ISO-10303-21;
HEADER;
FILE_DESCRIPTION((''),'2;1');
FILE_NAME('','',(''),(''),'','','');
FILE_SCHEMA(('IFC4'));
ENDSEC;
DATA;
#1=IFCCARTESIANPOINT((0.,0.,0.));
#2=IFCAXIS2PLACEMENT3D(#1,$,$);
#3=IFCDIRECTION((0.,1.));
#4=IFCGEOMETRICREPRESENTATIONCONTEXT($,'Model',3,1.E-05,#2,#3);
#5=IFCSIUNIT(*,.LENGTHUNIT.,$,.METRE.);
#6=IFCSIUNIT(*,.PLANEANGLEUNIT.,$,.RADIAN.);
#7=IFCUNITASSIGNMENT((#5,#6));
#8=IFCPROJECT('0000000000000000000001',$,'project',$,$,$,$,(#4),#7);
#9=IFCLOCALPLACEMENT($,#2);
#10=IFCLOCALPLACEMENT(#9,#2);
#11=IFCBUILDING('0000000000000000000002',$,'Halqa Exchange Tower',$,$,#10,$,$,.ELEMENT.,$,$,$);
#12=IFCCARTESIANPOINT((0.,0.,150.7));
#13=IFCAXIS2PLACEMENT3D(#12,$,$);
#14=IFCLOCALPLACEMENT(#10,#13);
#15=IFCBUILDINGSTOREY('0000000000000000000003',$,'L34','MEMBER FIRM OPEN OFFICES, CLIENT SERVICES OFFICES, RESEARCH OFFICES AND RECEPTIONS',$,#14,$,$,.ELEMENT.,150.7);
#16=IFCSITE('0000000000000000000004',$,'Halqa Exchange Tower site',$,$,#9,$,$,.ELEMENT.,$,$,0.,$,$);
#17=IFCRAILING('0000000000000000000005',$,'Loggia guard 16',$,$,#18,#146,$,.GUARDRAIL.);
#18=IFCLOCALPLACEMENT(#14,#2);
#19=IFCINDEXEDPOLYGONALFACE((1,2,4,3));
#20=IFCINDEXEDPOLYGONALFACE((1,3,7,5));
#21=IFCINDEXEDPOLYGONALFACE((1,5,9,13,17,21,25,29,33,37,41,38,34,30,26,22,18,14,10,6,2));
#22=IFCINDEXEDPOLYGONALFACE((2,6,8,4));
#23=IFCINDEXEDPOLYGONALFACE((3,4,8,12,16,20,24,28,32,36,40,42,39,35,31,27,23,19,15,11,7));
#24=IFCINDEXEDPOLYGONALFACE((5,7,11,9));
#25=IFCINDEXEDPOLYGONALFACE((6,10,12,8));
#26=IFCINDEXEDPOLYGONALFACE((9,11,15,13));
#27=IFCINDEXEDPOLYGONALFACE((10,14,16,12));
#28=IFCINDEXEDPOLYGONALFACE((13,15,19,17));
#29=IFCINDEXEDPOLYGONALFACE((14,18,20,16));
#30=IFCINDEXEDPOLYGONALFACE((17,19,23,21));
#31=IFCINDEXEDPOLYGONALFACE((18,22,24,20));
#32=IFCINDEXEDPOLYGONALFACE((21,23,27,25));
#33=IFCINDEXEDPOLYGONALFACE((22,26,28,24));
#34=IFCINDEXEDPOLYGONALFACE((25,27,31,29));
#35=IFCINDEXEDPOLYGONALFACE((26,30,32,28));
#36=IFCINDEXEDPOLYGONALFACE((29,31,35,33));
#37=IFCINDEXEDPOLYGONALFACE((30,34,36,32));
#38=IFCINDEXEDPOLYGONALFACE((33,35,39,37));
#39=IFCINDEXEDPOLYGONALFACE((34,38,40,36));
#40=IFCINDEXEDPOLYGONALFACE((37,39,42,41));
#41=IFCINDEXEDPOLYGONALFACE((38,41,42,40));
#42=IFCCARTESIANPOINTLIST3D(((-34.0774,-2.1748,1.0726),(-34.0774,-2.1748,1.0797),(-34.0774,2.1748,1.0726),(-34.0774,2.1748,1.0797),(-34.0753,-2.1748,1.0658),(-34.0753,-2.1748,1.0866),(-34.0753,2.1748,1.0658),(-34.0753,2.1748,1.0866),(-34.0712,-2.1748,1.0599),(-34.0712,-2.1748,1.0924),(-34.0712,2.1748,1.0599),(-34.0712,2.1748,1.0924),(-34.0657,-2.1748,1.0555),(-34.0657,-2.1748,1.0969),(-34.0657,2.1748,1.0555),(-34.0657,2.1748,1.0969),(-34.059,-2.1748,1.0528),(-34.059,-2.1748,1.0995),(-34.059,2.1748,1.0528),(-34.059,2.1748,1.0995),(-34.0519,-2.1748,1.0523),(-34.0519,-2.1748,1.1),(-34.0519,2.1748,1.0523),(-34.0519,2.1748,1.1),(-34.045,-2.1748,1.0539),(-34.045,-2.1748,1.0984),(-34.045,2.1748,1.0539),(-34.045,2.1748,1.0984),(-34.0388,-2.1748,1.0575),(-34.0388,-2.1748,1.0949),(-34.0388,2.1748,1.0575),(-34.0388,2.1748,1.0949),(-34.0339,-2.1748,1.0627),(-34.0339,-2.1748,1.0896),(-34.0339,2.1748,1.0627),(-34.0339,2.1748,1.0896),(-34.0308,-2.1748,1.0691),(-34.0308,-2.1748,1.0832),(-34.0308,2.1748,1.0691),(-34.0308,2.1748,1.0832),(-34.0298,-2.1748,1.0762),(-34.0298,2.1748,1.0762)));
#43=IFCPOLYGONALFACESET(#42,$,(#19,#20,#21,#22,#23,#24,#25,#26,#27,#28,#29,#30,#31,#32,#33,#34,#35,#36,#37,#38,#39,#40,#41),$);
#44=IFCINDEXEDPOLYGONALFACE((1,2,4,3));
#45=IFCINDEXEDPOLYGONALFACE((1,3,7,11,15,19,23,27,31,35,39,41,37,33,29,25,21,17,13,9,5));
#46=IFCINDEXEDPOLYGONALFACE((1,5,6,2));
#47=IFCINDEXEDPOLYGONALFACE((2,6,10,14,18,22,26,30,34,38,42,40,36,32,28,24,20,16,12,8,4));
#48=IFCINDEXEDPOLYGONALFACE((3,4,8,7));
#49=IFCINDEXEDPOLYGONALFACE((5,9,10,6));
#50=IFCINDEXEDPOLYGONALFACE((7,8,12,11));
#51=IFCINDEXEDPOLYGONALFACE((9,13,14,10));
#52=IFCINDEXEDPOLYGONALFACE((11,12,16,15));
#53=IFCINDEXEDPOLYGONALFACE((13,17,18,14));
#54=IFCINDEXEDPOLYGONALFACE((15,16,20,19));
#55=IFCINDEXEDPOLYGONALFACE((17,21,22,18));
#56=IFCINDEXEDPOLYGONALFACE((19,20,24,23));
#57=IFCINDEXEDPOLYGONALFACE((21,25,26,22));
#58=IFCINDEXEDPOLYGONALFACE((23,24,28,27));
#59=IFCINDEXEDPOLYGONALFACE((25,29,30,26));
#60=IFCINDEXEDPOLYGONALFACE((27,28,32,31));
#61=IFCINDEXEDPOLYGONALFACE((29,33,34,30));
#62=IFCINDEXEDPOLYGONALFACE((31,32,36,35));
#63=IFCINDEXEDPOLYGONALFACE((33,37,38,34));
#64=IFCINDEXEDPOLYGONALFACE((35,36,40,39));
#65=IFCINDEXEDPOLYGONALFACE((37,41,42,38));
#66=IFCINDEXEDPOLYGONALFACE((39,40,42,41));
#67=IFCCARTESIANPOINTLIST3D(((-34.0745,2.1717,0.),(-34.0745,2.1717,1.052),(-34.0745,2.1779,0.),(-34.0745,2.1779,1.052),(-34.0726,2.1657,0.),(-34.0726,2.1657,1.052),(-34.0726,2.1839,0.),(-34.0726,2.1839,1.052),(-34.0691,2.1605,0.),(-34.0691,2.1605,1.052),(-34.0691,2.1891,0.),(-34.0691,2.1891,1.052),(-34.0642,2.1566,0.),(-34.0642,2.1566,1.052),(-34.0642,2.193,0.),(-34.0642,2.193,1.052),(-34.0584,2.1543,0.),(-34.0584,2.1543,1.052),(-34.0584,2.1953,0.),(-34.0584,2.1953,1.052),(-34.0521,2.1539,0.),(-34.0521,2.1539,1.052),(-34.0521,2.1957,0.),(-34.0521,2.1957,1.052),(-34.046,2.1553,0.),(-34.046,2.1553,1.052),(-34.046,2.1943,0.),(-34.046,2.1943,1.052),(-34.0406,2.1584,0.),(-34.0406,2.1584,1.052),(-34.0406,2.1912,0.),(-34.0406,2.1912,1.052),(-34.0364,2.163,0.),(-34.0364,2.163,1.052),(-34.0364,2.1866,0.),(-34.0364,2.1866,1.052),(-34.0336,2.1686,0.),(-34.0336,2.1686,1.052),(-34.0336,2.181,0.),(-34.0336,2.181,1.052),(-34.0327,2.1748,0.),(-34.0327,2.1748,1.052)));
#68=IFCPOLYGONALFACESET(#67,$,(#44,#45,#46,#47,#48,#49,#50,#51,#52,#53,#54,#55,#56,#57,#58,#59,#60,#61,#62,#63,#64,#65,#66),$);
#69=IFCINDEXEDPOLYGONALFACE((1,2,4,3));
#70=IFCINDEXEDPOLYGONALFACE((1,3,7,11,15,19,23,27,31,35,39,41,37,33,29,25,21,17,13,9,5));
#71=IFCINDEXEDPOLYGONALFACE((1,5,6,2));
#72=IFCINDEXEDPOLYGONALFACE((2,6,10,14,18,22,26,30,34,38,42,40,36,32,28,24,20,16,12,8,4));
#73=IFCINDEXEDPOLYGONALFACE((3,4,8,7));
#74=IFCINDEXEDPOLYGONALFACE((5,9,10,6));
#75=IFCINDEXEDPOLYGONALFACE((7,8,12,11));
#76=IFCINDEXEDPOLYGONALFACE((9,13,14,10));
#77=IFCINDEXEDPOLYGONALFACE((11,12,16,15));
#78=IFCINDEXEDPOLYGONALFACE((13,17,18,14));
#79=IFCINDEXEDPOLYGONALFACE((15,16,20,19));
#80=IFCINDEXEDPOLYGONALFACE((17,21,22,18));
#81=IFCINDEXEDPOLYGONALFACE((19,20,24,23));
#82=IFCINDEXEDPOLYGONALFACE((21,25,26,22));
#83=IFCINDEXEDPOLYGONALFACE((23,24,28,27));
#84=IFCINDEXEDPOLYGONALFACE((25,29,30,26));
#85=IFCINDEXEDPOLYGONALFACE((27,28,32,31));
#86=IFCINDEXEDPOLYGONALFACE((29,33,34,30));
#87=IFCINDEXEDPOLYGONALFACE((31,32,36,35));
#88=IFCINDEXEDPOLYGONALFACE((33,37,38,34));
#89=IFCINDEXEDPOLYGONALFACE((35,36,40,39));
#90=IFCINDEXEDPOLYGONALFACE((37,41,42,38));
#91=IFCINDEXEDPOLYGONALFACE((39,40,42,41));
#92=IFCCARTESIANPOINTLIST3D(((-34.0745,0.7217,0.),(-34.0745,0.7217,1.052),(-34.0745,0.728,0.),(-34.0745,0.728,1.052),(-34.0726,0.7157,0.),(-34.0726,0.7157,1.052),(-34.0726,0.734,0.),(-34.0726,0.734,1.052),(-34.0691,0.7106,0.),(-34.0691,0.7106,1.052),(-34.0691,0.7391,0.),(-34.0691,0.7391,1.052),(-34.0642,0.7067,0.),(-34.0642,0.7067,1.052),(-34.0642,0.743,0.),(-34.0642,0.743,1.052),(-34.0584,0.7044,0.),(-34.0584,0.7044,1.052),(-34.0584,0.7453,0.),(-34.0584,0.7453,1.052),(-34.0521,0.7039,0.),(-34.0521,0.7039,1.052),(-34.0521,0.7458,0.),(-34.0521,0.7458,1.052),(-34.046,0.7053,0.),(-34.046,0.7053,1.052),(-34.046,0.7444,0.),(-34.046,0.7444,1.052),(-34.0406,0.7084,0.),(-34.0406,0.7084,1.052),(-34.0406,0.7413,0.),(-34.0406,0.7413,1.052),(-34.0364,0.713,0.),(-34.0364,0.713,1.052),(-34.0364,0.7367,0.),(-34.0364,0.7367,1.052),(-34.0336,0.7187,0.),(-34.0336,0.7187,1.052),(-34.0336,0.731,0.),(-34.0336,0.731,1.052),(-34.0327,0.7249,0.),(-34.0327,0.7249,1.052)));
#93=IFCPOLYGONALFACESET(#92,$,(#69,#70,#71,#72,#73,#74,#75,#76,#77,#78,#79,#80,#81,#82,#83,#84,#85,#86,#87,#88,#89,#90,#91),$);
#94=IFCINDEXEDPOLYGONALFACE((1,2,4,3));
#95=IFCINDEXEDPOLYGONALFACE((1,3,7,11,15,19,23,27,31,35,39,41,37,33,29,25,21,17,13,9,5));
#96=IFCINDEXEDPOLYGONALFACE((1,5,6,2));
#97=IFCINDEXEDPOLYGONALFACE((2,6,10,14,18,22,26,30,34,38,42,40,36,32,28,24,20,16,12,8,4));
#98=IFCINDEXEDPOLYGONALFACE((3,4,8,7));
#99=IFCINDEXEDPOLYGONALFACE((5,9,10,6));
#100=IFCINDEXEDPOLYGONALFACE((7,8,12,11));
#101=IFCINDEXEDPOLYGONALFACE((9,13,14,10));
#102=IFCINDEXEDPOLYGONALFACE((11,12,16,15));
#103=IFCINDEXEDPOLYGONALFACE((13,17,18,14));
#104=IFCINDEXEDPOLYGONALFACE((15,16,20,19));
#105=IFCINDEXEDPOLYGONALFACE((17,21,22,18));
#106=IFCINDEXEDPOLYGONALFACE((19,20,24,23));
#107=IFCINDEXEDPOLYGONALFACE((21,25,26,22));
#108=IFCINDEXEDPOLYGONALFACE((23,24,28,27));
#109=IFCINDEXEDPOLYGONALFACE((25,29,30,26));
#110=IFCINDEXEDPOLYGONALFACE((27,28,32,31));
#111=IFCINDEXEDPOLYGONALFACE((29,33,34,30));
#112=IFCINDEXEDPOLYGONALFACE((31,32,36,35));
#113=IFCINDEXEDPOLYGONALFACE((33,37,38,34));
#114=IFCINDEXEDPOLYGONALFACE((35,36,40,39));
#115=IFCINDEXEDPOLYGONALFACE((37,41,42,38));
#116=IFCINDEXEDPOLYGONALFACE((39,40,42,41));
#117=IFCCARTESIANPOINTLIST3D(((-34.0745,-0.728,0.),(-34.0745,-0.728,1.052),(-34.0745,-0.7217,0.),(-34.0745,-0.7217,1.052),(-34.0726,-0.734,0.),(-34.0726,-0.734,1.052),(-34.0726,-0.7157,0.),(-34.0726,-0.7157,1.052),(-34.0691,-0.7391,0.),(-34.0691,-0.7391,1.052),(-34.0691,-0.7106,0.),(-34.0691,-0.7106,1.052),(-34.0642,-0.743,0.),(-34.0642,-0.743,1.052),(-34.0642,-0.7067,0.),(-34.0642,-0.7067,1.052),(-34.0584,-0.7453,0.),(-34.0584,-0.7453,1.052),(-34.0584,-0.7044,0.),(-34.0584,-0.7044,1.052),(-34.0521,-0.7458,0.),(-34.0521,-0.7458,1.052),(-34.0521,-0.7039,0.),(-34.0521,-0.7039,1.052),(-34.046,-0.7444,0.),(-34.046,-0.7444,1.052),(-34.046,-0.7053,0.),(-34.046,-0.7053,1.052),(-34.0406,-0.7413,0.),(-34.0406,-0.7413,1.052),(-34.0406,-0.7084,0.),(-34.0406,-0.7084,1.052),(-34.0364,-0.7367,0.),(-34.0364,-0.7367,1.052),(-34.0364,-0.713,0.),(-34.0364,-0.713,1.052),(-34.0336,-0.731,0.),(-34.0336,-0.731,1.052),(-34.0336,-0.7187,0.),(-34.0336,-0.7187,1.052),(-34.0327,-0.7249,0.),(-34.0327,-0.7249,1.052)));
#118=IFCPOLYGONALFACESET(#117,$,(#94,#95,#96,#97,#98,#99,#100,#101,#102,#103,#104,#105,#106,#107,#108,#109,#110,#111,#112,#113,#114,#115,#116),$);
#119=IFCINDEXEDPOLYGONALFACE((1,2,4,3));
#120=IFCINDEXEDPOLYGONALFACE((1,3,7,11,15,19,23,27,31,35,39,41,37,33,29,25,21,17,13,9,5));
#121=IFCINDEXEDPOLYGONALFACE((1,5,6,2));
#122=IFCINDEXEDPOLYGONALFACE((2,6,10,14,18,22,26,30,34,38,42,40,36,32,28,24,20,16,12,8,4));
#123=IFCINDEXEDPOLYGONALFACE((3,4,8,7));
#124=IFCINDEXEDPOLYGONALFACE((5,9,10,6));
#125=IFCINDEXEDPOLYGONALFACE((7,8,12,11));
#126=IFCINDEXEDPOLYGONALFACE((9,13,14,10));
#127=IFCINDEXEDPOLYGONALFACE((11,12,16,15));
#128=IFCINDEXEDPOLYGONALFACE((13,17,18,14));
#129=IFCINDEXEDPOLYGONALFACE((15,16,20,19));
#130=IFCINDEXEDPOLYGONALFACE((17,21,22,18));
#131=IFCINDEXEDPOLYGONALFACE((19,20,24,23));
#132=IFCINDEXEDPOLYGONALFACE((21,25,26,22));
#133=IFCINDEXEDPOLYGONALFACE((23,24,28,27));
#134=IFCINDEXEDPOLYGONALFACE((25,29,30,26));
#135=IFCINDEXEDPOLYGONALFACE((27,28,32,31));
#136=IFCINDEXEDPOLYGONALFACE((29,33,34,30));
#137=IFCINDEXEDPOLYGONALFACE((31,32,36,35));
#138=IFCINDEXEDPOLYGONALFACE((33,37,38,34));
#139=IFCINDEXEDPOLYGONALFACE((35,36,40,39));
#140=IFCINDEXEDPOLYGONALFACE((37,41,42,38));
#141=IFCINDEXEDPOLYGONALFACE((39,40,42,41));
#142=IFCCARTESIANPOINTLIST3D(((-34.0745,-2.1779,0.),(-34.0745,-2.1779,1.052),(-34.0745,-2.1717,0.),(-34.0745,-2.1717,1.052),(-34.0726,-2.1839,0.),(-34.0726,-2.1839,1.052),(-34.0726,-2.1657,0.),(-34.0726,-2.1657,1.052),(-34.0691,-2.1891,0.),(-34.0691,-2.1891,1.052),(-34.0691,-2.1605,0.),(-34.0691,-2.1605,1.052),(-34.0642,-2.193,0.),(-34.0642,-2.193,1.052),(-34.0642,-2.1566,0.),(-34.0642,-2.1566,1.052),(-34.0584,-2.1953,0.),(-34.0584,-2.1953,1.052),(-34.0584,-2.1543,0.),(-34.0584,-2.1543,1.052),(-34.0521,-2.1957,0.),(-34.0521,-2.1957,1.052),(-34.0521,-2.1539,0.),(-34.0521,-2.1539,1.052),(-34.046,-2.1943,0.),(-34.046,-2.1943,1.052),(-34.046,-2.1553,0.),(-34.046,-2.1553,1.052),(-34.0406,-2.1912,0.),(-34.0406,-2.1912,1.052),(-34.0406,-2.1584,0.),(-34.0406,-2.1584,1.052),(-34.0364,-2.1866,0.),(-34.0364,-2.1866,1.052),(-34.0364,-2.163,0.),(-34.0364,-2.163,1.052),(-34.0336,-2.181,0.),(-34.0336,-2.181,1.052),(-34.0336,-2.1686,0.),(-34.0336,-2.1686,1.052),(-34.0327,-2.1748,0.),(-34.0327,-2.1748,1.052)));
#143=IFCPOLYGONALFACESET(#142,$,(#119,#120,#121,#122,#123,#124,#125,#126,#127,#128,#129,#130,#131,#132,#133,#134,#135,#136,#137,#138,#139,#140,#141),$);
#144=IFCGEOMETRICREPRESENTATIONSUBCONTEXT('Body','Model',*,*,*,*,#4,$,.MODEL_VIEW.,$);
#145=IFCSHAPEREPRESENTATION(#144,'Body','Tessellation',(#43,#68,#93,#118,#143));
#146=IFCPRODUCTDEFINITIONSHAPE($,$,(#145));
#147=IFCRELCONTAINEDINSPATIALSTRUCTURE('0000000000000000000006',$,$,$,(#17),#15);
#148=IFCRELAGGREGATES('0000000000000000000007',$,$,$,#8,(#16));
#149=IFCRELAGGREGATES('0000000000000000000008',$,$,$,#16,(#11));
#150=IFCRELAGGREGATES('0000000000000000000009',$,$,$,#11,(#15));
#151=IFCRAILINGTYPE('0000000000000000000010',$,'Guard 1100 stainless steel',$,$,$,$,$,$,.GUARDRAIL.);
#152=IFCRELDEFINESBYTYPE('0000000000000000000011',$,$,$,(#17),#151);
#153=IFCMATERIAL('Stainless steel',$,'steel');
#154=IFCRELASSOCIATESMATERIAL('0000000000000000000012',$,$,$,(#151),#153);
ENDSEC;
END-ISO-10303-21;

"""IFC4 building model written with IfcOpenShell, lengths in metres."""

from ifc_helpers import new_model, si_unit, direction, frame, origin, origin_2d, place, context, subcontext, project, spatial, circle, extrude, material, type_object, element, save


model = new_model("IFC4")

# Units and contexts
model_context = context("Model", 3, precision=1e-05, world=origin(), true_north=direction((0.0, 1.0)))
body_context = subcontext(model_context, "Body", "Model", "MODEL_VIEW")
ifc_project = project(units=[si_unit("LENGTHUNIT", "METRE"), si_unit("PLANEANGLEUNIT", "RADIAN")], contexts=[model_context])

# Site, building, storey
site_placement = place(None, origin())
site = spatial("IfcSite", under=ifc_project, at=site_placement, Name="Halqa Exchange Tower site", CompositionType="ELEMENT", RefElevation=0.0)
building_placement = place(site_placement, origin())
building = spatial("IfcBuilding", under=site, at=building_placement, Name="Halqa Exchange Tower", CompositionType="ELEMENT")
storey_placement = place(building_placement, frame((0.0, 0.0, 150.7)))
storey = spatial("IfcBuildingStorey", under=building, at=storey_placement, Name="L34", Description="MEMBER FIRM OPEN OFFICES, CLIENT SERVICES OFFICES, RESEARCH OFFICES AND RECEPTIONS", CompositionType="ELEMENT", Elevation=150.7)

# Railing
ifc_material_1 = material(Name="Stainless steel", Category="steel")
railing_type = type_object("IfcRailingType", Name="Guard 1100 stainless steel", PredefinedType="GUARDRAIL", material=ifc_material_1)
railing_1_placement = place(storey_placement, frame((-34.0537, 2.1748, 0.0)))
element("IfcRailing", 1, at=railing_1_placement, inside=storey, type_object=railing_type, Name="Loggia guard 16", PredefinedType="GUARDRAIL", context=body_context, shape_type="SweptSolid", body=[
    extrude(circle(Radius=0.0239, at=origin_2d()), frame((0.0, 0.0, 1.0762), z_axis=(0.0, -1.0, 0.0), x_axis=(1.0, 0.0, 0.0)), (0.0, 0.0, 1.0), 4.3496),
    extrude(circle(Radius=0.021, at=origin_2d()), origin(), (0.0, 0.0, 1.0), 1.052),
    extrude(circle(Radius=0.021, at=origin_2d()), frame((0.0, -1.45, 0.0)), (0.0, 0.0, 1.0), 1.052),
    extrude(circle(Radius=0.021, at=origin_2d()), frame((0.0, -2.8997, 0.0)), (0.0, 0.0, 1.0), 1.052),
    extrude(circle(Radius=0.021, at=origin_2d()), frame((0.0, -4.3496, 0.0)), (0.0, 0.0, 1.0), 1.052),
])

save(model, "model.ifc")
